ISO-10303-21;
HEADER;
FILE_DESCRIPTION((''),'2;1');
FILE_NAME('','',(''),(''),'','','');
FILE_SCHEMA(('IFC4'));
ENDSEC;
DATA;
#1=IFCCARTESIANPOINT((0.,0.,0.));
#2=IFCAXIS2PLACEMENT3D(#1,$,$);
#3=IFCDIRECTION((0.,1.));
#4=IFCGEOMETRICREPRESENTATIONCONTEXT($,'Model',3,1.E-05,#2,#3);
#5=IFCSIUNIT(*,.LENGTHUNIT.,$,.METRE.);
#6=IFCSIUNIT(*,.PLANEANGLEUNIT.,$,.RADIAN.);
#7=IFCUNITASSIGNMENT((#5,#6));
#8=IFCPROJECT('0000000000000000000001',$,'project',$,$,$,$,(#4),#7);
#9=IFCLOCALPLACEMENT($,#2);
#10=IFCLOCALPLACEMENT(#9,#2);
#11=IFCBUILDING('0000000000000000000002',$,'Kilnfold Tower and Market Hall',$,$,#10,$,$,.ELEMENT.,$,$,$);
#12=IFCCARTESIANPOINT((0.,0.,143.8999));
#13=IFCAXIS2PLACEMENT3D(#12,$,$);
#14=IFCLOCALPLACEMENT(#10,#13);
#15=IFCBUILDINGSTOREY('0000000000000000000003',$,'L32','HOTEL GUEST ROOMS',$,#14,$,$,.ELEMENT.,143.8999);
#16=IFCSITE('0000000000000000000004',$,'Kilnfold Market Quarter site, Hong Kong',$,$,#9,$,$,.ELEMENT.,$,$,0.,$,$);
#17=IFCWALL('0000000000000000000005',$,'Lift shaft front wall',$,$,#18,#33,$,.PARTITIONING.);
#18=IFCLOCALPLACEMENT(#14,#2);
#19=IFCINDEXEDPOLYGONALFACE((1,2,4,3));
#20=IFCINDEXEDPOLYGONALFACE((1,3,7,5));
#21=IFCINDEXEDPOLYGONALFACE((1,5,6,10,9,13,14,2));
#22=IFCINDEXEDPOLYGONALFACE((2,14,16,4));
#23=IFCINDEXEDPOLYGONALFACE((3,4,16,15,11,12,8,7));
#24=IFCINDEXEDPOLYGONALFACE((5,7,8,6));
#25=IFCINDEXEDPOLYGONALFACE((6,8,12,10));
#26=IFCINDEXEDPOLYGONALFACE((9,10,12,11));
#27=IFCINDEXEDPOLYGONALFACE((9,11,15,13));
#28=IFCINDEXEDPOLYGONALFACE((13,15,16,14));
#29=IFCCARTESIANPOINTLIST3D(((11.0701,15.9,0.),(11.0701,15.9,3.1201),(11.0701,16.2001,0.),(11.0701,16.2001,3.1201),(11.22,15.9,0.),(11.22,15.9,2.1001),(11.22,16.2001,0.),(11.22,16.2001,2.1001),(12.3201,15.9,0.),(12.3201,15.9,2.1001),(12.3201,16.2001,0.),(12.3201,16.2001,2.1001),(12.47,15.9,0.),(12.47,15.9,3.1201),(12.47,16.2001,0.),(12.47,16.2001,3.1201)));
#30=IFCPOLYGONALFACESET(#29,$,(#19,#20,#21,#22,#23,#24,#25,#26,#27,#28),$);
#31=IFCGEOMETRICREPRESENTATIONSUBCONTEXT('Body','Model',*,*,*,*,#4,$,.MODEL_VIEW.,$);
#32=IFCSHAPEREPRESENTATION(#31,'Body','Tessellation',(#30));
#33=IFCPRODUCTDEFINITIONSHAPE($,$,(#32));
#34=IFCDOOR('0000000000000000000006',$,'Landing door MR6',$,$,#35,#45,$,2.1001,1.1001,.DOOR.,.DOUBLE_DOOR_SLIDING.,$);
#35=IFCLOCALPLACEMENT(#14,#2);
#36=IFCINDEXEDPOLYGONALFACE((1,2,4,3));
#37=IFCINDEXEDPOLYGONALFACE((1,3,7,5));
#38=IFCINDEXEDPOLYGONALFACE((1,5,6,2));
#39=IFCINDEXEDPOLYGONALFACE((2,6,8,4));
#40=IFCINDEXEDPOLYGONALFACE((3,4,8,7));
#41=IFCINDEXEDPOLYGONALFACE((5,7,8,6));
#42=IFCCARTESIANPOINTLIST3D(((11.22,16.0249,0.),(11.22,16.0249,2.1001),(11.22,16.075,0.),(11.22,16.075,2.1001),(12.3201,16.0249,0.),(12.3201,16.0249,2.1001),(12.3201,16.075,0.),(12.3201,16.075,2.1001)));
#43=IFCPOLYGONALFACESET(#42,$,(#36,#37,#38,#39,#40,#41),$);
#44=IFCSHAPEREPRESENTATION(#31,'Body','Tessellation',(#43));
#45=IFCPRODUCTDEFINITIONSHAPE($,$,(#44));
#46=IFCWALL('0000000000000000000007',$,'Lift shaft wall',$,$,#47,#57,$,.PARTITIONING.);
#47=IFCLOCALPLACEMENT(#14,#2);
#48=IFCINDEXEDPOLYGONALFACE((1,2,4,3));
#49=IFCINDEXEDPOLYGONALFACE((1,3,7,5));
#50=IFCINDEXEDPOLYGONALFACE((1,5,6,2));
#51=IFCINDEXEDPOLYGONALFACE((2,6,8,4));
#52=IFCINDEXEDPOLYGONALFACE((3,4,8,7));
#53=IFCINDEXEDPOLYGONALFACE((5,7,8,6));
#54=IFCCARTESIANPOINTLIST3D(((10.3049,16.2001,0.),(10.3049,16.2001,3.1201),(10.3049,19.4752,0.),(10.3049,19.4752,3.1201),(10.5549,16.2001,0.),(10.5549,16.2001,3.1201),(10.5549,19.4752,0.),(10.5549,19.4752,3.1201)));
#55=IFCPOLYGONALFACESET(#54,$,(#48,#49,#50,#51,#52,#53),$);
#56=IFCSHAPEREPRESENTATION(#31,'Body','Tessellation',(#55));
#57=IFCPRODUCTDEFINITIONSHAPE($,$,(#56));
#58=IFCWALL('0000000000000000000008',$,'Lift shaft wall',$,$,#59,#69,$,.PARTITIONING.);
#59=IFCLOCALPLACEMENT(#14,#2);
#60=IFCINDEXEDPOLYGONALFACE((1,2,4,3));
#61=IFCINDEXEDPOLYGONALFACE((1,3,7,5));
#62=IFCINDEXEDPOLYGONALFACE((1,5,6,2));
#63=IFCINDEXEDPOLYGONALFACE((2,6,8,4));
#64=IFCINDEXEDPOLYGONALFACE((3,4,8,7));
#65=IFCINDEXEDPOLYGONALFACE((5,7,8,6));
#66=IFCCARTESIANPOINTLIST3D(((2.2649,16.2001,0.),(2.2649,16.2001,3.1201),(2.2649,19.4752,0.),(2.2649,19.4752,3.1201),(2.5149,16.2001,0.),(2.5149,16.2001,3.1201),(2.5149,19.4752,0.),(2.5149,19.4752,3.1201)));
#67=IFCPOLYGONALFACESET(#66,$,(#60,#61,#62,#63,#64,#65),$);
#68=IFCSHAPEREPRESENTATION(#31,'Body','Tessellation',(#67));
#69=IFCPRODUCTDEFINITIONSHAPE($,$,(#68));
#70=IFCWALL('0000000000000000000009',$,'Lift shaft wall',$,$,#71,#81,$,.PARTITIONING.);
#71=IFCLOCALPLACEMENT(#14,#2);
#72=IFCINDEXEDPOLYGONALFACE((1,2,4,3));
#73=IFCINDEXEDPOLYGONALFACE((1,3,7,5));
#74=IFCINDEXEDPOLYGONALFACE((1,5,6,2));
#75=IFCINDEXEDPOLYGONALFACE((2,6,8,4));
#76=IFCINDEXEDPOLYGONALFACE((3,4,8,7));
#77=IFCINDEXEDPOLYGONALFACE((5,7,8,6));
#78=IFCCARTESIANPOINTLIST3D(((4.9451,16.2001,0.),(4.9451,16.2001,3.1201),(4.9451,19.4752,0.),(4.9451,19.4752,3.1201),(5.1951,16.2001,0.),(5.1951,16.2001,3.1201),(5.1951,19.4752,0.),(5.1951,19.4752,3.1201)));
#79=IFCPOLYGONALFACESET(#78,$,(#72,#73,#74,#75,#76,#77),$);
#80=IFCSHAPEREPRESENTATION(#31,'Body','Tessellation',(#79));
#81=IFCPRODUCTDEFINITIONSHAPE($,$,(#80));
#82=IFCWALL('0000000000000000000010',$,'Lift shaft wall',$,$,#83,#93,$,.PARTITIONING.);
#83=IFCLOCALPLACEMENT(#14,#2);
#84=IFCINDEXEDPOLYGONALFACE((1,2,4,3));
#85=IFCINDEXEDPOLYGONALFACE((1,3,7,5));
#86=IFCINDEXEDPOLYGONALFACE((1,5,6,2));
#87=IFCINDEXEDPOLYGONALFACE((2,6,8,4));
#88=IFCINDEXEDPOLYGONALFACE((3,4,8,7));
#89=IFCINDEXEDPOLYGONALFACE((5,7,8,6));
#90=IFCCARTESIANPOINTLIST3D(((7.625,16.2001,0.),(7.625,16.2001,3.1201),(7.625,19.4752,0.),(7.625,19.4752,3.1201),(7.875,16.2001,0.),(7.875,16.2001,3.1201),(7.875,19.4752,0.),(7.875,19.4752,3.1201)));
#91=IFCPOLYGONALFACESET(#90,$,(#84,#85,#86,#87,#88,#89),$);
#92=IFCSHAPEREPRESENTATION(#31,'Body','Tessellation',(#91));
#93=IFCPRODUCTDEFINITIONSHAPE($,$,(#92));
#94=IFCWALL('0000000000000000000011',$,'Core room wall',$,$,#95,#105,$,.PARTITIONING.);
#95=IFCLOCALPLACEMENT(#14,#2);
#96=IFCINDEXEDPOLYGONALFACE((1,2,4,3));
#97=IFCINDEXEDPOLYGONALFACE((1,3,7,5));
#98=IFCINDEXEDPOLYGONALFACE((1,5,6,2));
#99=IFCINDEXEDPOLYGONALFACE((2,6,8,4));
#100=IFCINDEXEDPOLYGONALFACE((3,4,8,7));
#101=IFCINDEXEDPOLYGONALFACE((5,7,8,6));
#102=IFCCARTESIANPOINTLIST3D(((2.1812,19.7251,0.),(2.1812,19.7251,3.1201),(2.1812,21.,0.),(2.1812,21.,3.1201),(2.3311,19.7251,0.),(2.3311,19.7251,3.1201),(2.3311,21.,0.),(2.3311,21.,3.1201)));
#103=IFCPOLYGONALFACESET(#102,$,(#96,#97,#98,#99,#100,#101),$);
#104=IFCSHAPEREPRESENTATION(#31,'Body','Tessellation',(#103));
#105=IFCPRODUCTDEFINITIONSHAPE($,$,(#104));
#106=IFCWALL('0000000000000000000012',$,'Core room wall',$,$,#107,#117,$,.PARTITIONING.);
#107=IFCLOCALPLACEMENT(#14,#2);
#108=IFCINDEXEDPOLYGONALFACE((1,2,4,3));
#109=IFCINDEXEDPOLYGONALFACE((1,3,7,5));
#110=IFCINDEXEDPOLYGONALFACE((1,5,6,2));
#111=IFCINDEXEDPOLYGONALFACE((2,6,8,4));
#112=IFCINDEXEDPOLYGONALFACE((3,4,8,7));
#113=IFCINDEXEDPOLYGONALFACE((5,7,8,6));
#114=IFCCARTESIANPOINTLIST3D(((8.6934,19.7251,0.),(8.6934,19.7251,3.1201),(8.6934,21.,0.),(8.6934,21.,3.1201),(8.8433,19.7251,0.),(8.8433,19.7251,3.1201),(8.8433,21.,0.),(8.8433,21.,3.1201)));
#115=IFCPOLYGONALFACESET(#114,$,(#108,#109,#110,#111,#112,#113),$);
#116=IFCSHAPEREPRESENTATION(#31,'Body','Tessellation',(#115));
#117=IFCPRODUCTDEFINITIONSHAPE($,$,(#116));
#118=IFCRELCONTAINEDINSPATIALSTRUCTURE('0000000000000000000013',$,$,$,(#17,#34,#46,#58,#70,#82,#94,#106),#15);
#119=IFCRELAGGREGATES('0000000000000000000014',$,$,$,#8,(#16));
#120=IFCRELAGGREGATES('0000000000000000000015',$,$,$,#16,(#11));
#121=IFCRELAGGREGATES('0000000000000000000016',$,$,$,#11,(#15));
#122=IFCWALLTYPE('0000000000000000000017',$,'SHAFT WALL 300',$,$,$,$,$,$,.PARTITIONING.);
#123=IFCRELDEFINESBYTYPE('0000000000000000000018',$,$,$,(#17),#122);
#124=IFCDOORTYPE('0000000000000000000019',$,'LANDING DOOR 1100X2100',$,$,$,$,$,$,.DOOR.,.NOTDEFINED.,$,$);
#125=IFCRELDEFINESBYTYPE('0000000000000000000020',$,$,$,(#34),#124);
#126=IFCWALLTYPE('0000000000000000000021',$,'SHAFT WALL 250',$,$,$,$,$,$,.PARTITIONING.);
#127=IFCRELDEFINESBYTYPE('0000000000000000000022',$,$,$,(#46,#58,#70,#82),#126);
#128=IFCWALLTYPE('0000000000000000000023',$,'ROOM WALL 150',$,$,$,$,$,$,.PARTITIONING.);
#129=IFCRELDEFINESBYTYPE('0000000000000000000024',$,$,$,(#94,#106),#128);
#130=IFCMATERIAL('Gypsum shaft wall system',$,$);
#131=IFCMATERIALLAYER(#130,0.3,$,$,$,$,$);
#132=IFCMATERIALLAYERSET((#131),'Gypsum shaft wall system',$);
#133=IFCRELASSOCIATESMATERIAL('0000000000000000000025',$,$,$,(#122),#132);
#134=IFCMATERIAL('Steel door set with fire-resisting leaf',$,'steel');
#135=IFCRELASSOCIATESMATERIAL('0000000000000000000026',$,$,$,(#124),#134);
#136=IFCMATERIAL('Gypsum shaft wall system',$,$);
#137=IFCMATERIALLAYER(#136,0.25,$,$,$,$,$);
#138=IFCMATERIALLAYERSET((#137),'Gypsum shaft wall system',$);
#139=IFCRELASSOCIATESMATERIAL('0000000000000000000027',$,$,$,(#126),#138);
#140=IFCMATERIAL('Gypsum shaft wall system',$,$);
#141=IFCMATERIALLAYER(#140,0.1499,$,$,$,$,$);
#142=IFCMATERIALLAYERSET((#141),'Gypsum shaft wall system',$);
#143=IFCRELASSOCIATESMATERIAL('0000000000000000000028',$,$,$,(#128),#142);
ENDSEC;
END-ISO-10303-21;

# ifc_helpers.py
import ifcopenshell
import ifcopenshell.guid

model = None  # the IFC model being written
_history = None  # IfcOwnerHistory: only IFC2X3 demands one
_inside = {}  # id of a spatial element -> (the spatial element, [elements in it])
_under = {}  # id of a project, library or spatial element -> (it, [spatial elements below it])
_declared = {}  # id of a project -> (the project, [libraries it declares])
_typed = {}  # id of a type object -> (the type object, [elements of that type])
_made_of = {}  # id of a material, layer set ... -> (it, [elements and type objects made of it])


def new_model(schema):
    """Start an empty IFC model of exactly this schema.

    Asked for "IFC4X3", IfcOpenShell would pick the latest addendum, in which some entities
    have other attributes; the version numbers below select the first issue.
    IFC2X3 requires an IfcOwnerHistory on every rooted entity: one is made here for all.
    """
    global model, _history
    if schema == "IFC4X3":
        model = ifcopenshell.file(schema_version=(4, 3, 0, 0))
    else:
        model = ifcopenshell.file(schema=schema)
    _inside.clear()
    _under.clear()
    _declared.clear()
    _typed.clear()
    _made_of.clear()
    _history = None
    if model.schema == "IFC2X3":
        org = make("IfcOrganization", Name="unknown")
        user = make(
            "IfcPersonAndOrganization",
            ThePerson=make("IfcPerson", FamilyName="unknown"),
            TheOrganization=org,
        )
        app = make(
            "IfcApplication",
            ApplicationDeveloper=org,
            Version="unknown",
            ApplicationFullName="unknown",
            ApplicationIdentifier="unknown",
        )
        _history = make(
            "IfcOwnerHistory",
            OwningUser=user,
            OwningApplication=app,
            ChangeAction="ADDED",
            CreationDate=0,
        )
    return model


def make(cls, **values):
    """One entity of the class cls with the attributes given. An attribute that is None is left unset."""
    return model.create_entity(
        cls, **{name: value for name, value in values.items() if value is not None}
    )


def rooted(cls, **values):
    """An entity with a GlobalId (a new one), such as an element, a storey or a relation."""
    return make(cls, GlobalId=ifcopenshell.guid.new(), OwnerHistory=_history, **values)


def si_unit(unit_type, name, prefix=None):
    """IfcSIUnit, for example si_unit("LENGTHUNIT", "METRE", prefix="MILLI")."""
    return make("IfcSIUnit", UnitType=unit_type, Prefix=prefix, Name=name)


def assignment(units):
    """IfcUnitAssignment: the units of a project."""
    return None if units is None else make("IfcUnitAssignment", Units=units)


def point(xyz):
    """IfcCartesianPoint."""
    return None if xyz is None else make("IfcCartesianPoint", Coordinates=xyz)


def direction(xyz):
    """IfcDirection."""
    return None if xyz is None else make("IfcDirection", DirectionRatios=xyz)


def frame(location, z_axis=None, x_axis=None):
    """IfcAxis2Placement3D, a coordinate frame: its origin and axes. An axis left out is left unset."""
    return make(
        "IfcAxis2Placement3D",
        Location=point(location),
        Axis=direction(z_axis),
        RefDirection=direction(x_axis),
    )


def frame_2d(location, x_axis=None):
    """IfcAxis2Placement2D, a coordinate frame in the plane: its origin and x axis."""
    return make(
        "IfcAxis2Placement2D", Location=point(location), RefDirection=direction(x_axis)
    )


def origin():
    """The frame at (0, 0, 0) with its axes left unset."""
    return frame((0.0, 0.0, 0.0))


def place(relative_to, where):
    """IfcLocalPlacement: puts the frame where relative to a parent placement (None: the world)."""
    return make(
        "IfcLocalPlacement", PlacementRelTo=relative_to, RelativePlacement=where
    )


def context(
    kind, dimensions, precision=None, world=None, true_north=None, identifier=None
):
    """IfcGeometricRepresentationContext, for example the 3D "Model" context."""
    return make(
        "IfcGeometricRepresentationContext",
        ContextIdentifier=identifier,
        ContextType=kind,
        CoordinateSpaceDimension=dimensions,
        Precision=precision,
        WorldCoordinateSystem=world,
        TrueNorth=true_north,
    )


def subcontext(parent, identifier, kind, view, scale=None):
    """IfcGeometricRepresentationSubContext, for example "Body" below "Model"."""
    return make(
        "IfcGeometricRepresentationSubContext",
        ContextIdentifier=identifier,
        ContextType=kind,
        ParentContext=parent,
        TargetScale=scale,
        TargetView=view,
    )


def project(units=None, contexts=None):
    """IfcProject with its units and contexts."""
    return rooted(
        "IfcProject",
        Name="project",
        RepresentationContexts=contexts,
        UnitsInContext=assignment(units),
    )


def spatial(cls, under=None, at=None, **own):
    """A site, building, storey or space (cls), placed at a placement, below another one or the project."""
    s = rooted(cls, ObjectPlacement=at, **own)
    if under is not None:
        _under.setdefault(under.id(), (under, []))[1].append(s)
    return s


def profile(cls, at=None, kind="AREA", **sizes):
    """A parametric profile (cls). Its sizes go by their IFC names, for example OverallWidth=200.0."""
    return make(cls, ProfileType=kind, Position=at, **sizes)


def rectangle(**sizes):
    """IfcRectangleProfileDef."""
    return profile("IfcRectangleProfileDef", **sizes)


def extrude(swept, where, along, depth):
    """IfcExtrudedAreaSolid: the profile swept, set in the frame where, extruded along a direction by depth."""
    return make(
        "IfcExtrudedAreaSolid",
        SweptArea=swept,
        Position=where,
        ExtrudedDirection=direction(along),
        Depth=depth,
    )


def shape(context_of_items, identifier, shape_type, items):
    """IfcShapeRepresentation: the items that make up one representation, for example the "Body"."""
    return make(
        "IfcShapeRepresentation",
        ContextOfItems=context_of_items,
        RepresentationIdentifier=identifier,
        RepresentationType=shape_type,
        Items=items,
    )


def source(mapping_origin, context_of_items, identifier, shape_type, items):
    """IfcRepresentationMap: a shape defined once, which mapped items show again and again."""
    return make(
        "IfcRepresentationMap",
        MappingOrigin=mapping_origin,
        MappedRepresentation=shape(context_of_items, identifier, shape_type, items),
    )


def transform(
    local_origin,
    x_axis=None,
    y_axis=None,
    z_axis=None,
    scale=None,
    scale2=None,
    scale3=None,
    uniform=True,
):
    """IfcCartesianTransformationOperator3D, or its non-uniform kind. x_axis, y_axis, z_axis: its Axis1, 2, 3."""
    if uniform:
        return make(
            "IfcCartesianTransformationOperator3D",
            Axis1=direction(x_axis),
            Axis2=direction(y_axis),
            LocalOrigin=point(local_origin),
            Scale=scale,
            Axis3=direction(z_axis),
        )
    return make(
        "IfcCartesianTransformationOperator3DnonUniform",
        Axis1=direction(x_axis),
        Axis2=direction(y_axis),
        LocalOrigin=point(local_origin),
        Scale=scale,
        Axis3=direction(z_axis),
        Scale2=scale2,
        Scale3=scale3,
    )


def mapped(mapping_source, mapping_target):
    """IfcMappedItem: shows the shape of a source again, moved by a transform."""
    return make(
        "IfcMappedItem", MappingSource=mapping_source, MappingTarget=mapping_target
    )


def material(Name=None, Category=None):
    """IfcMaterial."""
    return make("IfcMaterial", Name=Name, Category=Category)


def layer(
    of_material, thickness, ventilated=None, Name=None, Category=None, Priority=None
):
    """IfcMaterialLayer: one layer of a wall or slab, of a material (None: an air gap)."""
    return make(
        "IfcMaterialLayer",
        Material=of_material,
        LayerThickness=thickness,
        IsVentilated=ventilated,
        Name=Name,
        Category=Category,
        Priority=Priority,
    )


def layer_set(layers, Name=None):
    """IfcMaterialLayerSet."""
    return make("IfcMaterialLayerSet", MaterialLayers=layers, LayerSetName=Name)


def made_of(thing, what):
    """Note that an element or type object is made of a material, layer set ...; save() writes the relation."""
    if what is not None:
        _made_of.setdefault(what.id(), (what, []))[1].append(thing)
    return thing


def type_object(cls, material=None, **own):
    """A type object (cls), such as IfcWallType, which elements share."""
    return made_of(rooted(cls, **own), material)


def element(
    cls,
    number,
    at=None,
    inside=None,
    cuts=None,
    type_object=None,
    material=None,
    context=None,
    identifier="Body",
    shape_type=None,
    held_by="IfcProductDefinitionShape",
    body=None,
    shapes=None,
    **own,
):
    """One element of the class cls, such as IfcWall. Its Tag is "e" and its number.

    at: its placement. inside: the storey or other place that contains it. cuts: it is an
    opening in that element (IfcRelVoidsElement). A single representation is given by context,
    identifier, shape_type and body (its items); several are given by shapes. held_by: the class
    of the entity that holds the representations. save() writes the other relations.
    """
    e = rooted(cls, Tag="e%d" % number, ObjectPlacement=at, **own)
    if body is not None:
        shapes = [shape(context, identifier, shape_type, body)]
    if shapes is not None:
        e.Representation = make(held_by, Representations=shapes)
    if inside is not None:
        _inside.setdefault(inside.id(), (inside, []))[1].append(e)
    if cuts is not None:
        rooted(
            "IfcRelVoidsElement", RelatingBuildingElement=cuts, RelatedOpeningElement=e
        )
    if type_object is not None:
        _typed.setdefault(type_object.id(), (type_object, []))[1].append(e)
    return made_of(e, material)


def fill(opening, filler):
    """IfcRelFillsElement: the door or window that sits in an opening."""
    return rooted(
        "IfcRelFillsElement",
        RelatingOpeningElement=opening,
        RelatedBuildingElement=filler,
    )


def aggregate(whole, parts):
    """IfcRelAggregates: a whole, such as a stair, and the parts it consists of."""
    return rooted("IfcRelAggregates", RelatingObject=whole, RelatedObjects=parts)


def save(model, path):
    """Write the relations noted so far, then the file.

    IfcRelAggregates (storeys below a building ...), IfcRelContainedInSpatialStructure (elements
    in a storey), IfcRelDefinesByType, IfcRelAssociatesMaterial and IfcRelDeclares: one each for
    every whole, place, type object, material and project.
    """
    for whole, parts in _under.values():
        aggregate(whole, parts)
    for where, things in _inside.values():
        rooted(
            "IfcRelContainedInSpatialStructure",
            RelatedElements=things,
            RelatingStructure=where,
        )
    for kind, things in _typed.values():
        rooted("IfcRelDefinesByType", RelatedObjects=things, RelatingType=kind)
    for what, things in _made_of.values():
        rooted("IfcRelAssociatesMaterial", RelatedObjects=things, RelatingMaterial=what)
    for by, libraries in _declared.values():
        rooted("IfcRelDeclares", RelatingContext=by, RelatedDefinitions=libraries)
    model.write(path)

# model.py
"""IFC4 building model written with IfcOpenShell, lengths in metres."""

from ifc_helpers import new_model, si_unit, direction, frame, frame_2d, origin, place, context, subcontext, project, spatial, rectangle, extrude, source, transform, mapped, material, layer, layer_set, type_object, element, fill, save


model = new_model("IFC4")

# Units and contexts
model_context = context("Model", 3, precision=1e-05, world=origin(), true_north=direction((0.0, 1.0)))
body_context = subcontext(model_context, "Body", "Model", "MODEL_VIEW")
ifc_project = project(units=[si_unit("LENGTHUNIT", "METRE"), si_unit("PLANEANGLEUNIT", "RADIAN")], contexts=[model_context])

# Site, building, storey
site_placement = place(None, origin())
site = spatial("IfcSite", under=ifc_project, at=site_placement, Name="Kilnfold Market Quarter site, Hong Kong", CompositionType="ELEMENT", RefElevation=0.0)
building_placement = place(site_placement, origin())
building = spatial("IfcBuilding", under=site, at=building_placement, Name="Kilnfold Tower and Market Hall", CompositionType="ELEMENT")
storey_placement = place(building_placement, frame((0.0, 0.0, 143.8999)))
storey = spatial("IfcBuildingStorey", under=building, at=storey_placement, Name="L32", Description="HOTEL GUEST ROOMS", CompositionType="ELEMENT", Elevation=143.8999)

# Wall, opening, door
ifc_material_1 = material(Name="Gypsum shaft wall system")
ifc_layer_1 = layer(ifc_material_1, 0.3)
ifc_layer_set_1 = layer_set([ifc_layer_1], Name="Gypsum shaft wall system")
wall_type_1 = type_object("IfcWallType", Name="SHAFT WALL 300", PredefinedType="PARTITIONING", material=ifc_layer_set_1)
shared_shape_1 = source(origin(), body_context, "Body", "SweptSolid", [
    extrude(rectangle(XDim=1.3999, YDim=0.3, at=frame_2d((0.7, 0.0))), origin(), (0.0, 0.0, 1.0), 3.1201),
])
wall_1_placement = place(storey_placement, frame((11.0701, 16.05, 0.0), z_axis=(0.0, 0.0, 1.0), x_axis=(1.0, 0.0, 0.0)))
wall_1 = element("IfcWall", 1, at=wall_1_placement, inside=storey, type_object=wall_type_1, Name="Lift shaft front wall", PredefinedType="PARTITIONING", context=body_context, shape_type="MappedRepresentation", body=[
    mapped(shared_shape_1, transform((0.0, 0.0, 0.0))),
])
opening_1_placement = place(wall_1_placement, frame((0.1499, 0.0, 0.0)))
opening_1 = element("IfcOpeningElement", 2, at=opening_1_placement, cuts=wall_1, PredefinedType="OPENING", context=body_context, shape_type="SweptSolid", body=[
    extrude(rectangle(XDim=1.1001, YDim=2.1001, at=frame_2d((0.55, 1.05))), frame((0.0, 0.1602, 0.0), z_axis=(0.0, -1.0, 0.0), x_axis=(1.0, 0.0, 0.0)), (0.0, 0.0, 1.0), 0.3201),
])
ifc_material_2 = material(Name="Steel door set with fire-resisting leaf", Category="steel")
door_type_1 = type_object("IfcDoorType", Name="LANDING DOOR 1100X2100", OperationType="NOTDEFINED", PredefinedType="DOOR", material=ifc_material_2)
door_1_placement = place(opening_1_placement, origin())
door_1 = element("IfcDoor", 3, at=door_1_placement, inside=storey, type_object=door_type_1, Name="Landing door MR6", OperationType="DOUBLE_DOOR_SLIDING", OverallHeight=2.1001, OverallWidth=1.1001, PredefinedType="DOOR", context=body_context, shape_type="SweptSolid", body=[
    extrude(rectangle(XDim=1.1001, YDim=2.1001, at=frame_2d((0.55, 1.05))), frame((0.0, 0.0249, 0.0), z_axis=(0.0, -1.0, 0.0), x_axis=(1.0, 0.0, 0.0)), (0.0, 0.0, 1.0), 0.05),
])
fill(opening_1, door_1)

# Walls
ifc_material_3 = material(Name="Gypsum shaft wall system")
ifc_layer_2 = layer(ifc_material_3, 0.25)
ifc_layer_set_2 = layer_set([ifc_layer_2], Name="Gypsum shaft wall system")
wall_type_2 = type_object("IfcWallType", Name="SHAFT WALL 250", PredefinedType="PARTITIONING", material=ifc_layer_set_2)
shared_shape_2 = source(origin(), body_context, "Body", "SweptSolid", [
    extrude(rectangle(XDim=3.2751, YDim=0.25, at=frame_2d((1.6377, 0.0))), origin(), (0.0, 0.0, 1.0), 3.1201),
])
for number, where, z_axis, x_axis, name in (
    (4, (10.4299, 16.2, 0.0), (0.0, 0.0, 1.0), (0.0, 1.0, 0.0), "Lift shaft wall"),
    (5, (2.3899, 16.2, 0.0), (0.0, 0.0, 1.0), (0.0, 1.0, 0.0), "Lift shaft wall"),
    (6, (5.0701, 16.2, 0.0), (0.0, 0.0, 1.0), (0.0, 1.0, 0.0), "Lift shaft wall"),
    (7, (7.75, 16.2, 0.0), (0.0, 0.0, 1.0), (0.0, 1.0, 0.0), "Lift shaft wall"),
):
    element("IfcWall", number, at=place(storey_placement, frame(where, z_axis=z_axis, x_axis=x_axis)), inside=storey, type_object=wall_type_2, Name=name, PredefinedType="PARTITIONING", context=body_context, shape_type="MappedRepresentation", body=[
        mapped(shared_shape_2, transform((0.0, 0.0, 0.0))),
    ])
ifc_material_4 = material(Name="Gypsum shaft wall system")
ifc_layer_3 = layer(ifc_material_4, 0.1499)
ifc_layer_set_3 = layer_set([ifc_layer_3], Name="Gypsum shaft wall system")
wall_type_3 = type_object("IfcWallType", Name="ROOM WALL 150", PredefinedType="PARTITIONING", material=ifc_layer_set_3)
shared_shape_3 = source(origin(), body_context, "Body", "SweptSolid", [
    extrude(rectangle(XDim=1.2749, YDim=0.1499, at=frame_2d((0.6375, 0.0))), origin(), (0.0, 0.0, 1.0), 3.1201),
])
for number, where, z_axis, x_axis, name in (
    (8, (2.2561, 19.7251, 0.0), (0.0, 0.0, 1.0), (0.0, 1.0, 0.0), "Core room wall"),
    (9, (8.7683, 19.7251, 0.0), (0.0, 0.0, 1.0), (0.0, 1.0, 0.0), "Core room wall"),
):
    element("IfcWall", number, at=place(storey_placement, frame(where, z_axis=z_axis, x_axis=x_axis)), inside=storey, type_object=wall_type_3, Name=name, PredefinedType="PARTITIONING", context=body_context, shape_type="MappedRepresentation", body=[
        mapped(shared_shape_3, transform((0.0, 0.0, 0.0))),
    ])

save(model, "model.ifc")
